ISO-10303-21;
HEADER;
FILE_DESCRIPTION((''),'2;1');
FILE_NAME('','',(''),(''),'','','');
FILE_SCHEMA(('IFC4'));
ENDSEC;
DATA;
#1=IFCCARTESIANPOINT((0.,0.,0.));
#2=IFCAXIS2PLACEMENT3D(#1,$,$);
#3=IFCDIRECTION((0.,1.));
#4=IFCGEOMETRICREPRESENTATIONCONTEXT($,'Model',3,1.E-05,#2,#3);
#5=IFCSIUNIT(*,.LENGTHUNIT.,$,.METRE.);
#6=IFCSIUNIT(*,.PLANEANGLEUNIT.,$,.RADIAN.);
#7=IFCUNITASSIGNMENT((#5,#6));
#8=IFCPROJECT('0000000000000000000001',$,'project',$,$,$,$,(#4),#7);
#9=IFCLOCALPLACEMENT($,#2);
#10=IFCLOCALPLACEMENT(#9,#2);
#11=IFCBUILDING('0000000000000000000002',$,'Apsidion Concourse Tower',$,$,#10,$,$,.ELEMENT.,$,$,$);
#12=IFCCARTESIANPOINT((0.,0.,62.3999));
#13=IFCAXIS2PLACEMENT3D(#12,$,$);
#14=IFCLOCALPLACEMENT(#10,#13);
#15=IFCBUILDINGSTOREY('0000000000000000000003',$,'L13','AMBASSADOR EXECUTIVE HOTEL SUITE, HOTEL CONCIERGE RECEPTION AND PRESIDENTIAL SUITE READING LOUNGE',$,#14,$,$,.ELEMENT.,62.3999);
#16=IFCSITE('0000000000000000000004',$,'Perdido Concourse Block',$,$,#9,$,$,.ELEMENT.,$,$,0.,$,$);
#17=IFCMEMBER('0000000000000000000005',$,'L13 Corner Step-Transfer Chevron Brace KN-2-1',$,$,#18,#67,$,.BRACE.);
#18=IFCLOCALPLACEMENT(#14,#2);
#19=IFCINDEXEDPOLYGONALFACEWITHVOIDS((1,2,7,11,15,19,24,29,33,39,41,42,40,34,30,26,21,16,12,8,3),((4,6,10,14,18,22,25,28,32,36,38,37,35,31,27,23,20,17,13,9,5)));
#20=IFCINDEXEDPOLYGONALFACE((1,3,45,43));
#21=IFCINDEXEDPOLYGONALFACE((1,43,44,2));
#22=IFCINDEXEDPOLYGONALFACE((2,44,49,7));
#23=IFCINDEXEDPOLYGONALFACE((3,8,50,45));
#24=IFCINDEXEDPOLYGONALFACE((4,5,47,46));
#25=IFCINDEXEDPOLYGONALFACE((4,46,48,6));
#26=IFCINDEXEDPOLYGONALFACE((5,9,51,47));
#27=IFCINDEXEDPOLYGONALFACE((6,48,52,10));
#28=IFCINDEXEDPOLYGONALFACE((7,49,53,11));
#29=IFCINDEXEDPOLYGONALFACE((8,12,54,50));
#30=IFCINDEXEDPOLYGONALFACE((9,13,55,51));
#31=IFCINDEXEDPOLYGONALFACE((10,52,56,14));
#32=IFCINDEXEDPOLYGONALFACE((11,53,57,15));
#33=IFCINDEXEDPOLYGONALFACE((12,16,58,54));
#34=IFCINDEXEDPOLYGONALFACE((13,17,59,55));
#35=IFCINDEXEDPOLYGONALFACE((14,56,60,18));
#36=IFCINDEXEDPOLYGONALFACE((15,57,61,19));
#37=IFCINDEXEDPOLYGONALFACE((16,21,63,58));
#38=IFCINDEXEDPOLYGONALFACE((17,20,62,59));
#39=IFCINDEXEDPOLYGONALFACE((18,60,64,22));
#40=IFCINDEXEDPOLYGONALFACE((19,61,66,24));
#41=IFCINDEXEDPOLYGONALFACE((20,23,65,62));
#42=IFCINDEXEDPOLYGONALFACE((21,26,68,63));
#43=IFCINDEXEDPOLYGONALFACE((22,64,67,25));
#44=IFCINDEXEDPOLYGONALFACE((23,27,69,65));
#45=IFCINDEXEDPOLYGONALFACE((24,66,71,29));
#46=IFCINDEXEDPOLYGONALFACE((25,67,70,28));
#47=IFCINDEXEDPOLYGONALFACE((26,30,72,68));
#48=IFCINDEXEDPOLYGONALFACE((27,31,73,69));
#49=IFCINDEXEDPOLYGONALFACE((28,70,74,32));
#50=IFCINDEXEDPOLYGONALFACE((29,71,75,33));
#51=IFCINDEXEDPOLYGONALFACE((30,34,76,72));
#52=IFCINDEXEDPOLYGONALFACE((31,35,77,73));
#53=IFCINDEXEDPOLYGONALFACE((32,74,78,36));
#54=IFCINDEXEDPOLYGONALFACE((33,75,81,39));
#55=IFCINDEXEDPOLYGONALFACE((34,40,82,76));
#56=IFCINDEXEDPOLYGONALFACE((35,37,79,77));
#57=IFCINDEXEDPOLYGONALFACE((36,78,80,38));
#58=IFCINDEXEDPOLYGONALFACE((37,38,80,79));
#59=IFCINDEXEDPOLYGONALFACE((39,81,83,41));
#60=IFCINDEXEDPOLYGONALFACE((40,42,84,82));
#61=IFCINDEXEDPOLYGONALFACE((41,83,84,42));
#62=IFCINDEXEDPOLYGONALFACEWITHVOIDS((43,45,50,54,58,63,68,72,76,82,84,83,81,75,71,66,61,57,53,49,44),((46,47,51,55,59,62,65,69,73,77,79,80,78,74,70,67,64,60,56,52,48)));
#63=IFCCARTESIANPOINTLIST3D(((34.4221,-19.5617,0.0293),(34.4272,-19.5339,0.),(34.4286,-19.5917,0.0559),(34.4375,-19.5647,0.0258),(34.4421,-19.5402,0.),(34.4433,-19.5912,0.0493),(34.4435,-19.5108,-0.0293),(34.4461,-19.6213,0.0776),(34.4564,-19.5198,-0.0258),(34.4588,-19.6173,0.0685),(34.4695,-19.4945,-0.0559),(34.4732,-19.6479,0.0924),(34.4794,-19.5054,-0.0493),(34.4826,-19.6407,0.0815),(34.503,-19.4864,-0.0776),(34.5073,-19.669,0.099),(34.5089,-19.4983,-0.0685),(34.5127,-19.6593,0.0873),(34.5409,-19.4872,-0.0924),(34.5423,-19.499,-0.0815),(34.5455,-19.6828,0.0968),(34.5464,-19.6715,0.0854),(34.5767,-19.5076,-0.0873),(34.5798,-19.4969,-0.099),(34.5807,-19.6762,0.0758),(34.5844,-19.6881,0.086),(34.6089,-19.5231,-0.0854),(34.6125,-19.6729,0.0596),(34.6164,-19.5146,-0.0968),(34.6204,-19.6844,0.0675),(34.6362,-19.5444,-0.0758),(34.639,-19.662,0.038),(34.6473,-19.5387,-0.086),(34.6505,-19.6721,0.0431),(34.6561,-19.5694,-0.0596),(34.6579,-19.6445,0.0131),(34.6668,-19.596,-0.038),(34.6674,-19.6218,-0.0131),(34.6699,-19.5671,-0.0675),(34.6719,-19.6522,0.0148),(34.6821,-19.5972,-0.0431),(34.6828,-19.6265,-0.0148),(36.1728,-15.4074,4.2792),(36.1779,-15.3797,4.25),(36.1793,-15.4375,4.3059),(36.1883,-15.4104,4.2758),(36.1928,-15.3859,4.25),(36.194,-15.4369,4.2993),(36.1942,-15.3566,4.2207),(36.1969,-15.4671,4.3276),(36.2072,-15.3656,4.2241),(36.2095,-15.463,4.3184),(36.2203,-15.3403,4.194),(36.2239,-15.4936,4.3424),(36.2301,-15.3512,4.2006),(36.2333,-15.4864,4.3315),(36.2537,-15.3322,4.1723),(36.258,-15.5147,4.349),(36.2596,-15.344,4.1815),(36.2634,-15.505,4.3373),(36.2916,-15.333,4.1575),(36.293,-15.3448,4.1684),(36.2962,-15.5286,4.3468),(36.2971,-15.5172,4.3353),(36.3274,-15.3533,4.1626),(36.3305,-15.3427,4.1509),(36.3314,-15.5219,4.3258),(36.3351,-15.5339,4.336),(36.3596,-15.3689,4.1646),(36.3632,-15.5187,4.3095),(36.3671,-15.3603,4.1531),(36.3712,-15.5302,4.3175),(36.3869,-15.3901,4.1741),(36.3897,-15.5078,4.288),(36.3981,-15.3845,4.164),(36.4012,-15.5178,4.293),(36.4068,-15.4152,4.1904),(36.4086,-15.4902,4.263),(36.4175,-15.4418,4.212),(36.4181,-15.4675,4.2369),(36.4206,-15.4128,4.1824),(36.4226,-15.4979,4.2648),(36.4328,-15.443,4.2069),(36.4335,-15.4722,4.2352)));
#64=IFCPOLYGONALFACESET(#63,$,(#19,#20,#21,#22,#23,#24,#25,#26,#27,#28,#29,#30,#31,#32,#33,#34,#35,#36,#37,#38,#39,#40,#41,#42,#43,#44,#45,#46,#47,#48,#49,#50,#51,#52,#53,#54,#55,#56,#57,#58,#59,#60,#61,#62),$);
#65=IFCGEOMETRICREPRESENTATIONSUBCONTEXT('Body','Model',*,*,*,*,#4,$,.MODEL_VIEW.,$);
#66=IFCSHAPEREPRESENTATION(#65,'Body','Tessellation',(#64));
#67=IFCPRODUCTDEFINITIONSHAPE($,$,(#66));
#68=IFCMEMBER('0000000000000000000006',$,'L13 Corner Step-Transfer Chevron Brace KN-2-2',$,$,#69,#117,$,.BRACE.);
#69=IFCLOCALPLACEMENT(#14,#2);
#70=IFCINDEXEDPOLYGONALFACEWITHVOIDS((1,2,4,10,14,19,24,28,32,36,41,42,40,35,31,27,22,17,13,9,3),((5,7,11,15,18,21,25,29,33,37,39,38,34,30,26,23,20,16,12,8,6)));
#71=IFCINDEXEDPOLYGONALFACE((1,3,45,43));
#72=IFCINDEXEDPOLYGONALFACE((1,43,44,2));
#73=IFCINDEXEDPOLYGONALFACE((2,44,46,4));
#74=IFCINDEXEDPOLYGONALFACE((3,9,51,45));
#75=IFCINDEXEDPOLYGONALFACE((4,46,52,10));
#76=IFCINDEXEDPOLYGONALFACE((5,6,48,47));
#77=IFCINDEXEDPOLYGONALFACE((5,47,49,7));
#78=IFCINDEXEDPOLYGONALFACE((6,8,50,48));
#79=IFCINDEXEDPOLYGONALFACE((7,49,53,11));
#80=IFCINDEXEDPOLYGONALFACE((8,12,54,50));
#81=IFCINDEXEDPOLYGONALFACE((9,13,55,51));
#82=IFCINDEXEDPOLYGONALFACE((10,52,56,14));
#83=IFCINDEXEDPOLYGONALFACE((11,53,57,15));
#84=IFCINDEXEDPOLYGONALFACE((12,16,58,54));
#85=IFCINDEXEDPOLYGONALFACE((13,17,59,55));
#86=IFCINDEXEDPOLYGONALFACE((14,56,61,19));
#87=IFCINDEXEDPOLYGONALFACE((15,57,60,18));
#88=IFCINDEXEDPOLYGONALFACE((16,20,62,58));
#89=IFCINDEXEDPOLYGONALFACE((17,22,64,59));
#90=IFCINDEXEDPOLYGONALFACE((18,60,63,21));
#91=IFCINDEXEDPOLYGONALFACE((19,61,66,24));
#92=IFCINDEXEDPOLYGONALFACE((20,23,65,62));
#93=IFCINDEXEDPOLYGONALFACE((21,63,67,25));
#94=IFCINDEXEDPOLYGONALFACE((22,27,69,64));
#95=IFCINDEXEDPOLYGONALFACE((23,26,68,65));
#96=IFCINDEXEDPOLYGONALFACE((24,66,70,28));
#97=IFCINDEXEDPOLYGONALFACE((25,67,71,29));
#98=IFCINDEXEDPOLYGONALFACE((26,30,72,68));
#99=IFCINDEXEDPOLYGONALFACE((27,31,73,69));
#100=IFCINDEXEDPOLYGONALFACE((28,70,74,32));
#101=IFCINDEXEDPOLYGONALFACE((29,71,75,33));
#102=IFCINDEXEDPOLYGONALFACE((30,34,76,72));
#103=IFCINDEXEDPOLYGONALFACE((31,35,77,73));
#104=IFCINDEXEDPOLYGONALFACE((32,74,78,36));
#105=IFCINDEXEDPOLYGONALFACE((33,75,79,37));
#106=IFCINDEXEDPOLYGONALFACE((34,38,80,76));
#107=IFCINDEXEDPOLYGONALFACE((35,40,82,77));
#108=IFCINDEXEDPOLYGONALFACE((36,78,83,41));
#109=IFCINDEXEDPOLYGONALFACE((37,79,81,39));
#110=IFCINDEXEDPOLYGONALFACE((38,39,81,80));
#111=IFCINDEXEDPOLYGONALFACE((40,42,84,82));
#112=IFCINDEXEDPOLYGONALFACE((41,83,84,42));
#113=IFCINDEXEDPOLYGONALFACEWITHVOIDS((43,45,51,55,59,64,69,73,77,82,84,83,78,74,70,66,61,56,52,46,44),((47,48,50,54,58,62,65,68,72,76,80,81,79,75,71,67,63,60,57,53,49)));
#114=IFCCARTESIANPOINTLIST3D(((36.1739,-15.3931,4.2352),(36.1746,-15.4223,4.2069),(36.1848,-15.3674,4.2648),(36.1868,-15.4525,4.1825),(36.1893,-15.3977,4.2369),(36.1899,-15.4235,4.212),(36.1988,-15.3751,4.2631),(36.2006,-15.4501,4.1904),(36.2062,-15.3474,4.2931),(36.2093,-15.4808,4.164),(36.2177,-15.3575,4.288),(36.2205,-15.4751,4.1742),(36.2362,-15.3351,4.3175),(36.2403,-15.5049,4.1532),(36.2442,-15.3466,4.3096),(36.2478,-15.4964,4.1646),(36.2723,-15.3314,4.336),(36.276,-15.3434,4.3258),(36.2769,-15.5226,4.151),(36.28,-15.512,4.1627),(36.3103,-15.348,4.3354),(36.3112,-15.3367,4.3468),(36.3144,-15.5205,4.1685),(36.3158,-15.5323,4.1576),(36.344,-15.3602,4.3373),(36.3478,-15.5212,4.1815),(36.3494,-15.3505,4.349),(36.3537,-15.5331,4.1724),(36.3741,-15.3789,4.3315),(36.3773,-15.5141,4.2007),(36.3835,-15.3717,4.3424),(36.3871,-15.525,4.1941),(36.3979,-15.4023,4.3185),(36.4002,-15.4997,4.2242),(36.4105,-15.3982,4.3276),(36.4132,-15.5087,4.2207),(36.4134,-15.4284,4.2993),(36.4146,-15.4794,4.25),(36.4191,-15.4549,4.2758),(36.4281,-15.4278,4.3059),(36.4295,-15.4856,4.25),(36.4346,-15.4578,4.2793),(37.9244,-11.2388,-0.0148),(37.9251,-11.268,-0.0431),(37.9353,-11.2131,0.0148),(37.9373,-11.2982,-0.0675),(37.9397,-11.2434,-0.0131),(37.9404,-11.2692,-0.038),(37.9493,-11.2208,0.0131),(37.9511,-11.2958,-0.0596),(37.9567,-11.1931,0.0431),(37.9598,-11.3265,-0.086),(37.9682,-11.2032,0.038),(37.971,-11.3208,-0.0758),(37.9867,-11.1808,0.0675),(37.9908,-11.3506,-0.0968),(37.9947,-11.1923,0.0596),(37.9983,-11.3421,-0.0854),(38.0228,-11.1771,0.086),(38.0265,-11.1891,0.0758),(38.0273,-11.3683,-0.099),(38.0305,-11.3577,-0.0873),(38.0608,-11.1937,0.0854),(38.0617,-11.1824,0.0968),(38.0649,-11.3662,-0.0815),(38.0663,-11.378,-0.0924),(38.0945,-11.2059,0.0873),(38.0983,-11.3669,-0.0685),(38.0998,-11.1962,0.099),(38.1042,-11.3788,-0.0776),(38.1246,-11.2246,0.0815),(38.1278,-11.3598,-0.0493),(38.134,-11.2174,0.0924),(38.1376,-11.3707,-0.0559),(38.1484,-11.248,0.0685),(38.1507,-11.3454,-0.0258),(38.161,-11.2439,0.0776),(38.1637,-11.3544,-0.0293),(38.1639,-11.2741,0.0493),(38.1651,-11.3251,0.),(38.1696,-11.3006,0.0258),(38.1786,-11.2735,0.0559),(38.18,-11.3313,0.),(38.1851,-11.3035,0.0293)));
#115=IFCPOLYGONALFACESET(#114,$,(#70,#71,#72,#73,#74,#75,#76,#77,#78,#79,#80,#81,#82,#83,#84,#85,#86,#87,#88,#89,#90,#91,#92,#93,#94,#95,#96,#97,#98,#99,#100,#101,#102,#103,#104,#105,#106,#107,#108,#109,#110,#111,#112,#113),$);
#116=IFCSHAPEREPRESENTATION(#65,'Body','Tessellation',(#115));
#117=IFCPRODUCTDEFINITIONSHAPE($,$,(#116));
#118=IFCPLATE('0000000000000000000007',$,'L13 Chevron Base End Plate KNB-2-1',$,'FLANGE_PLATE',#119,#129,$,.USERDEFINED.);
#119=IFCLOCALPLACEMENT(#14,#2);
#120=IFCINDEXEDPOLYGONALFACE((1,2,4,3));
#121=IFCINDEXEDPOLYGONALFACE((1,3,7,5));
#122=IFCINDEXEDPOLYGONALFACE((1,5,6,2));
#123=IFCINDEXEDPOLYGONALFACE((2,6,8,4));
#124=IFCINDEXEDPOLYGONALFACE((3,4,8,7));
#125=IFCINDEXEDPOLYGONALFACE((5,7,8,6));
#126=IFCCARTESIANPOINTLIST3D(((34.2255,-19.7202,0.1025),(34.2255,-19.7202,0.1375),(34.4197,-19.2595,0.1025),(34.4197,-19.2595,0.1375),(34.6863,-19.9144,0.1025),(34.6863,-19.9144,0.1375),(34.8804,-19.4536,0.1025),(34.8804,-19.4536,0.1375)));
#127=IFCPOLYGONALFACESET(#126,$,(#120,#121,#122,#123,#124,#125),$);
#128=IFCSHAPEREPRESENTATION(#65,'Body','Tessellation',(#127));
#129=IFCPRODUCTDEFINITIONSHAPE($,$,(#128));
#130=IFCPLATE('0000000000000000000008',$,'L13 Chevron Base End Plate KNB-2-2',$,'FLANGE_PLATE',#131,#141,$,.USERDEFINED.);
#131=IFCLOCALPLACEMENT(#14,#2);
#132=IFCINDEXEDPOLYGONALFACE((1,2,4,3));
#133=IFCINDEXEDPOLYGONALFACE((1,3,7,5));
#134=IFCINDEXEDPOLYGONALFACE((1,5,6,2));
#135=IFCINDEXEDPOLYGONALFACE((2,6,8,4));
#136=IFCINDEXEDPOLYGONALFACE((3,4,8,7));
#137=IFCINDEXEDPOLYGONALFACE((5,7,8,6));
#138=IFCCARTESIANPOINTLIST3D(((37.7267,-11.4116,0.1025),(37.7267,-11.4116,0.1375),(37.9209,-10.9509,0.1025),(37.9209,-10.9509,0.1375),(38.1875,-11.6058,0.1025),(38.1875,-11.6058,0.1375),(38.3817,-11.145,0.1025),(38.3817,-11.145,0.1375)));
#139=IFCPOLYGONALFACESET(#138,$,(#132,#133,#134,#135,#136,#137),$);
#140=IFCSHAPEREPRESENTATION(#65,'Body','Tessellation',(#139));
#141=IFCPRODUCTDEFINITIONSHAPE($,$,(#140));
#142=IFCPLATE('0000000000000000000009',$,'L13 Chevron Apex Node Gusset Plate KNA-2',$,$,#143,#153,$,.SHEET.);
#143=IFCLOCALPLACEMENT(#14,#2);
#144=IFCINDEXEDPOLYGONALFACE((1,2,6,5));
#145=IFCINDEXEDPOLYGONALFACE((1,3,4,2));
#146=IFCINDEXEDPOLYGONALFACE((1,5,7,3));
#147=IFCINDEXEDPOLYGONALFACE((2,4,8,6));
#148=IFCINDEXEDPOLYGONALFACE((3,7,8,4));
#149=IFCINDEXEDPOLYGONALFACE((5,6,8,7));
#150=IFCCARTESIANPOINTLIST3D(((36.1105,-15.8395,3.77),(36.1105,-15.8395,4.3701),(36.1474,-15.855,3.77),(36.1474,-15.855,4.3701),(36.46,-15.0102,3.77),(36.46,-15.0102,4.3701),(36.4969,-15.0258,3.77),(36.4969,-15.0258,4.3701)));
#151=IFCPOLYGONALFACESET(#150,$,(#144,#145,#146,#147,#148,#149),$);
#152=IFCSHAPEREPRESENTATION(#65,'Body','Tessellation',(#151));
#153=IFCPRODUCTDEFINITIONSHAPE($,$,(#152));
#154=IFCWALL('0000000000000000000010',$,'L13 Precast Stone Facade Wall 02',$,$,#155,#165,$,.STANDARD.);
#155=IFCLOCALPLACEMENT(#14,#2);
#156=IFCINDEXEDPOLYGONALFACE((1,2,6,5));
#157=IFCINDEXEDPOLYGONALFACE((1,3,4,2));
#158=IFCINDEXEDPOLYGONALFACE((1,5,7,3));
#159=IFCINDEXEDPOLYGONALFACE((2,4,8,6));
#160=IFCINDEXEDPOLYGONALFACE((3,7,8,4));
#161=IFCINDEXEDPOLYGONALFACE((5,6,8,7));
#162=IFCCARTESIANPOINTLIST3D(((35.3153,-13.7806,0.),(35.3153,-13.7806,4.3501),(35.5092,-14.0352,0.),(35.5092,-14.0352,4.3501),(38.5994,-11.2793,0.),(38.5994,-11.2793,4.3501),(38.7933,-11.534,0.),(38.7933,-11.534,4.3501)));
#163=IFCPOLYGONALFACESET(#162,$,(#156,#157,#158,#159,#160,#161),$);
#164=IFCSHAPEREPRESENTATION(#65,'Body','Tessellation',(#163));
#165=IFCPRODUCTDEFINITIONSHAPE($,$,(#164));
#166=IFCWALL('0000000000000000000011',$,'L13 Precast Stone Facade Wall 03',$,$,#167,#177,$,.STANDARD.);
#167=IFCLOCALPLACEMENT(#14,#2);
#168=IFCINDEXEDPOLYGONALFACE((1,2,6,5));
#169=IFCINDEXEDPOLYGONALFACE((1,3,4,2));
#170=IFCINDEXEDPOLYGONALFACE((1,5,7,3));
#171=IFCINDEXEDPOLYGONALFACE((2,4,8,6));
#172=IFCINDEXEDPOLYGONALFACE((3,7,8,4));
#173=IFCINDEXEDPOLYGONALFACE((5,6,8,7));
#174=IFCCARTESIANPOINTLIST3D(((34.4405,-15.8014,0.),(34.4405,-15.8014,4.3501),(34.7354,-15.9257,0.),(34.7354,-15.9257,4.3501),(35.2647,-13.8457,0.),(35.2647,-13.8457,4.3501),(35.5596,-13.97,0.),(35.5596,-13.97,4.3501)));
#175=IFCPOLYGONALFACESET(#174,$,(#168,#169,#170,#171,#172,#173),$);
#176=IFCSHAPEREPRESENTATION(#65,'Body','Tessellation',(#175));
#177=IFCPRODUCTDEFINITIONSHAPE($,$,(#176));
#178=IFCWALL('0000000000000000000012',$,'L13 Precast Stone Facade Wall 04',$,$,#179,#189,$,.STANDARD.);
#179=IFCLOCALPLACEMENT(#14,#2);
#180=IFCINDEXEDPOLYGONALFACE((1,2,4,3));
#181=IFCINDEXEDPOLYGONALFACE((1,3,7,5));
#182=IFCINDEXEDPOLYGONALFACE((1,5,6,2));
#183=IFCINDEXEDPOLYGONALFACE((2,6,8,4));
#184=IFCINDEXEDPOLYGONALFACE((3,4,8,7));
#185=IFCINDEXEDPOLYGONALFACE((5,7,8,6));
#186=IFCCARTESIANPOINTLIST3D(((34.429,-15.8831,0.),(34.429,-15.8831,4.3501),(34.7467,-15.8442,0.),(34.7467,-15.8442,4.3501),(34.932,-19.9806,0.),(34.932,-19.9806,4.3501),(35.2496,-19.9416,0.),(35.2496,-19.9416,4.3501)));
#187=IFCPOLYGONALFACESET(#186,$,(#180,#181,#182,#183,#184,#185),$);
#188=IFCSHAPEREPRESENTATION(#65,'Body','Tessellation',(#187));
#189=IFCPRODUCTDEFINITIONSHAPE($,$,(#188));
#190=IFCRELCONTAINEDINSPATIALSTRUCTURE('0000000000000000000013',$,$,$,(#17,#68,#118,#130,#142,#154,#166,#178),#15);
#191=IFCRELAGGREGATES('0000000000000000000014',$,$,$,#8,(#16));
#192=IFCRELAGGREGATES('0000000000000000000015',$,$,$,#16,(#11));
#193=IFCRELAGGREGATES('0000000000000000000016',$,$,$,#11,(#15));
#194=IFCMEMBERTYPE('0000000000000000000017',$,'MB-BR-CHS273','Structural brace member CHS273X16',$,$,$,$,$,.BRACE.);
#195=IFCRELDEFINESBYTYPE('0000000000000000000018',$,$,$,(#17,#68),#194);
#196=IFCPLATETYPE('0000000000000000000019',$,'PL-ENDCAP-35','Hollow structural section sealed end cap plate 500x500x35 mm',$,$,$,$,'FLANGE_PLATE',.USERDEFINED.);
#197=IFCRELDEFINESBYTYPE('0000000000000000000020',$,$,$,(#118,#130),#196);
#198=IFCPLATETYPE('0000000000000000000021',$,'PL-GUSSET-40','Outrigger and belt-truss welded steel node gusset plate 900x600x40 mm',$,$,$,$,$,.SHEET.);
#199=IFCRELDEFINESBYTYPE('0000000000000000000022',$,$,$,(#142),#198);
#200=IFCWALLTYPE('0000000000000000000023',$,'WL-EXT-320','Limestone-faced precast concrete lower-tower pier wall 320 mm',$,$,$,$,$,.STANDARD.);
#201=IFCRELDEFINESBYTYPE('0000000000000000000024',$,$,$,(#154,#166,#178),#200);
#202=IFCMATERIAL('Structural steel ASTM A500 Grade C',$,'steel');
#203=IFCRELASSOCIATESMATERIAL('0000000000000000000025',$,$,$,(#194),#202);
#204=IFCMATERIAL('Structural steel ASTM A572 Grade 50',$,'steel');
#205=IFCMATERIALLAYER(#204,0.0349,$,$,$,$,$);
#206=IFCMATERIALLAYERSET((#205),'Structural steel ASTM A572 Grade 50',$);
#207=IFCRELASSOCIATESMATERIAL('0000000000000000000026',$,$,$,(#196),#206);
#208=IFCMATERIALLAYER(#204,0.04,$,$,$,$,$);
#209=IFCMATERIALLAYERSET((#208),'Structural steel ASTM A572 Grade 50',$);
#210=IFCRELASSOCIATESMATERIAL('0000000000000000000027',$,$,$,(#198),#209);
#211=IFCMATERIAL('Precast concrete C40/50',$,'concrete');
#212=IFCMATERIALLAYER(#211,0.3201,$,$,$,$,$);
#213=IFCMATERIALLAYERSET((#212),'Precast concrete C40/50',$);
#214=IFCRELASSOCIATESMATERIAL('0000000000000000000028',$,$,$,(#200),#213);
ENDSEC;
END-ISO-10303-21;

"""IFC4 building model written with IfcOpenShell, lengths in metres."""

from ifc_helpers import new_model, si_unit, direction, frame, frame_2d, origin, origin_2d, place, context, subcontext, project, spatial, rectangle, hollow_circle, extrude, material, layer, layer_set, material_profile, profile_set, type_object, element, save


model = new_model("IFC4")

# Units and contexts
model_context = context("Model", 3, precision=1e-05, world=origin(), true_north=direction((0.0, 1.0)))
body_context = subcontext(model_context, "Body", "Model", "MODEL_VIEW")
ifc_project = project(units=[si_unit("LENGTHUNIT", "METRE"), si_unit("PLANEANGLEUNIT", "RADIAN")], contexts=[model_context])

# Site, building, storey
site_placement = place(None, origin())
site = spatial("IfcSite", under=ifc_project, at=site_placement, Name="Perdido Concourse Block", CompositionType="ELEMENT", RefElevation=0.0)
building_placement = place(site_placement, origin())
building = spatial("IfcBuilding", under=site, at=building_placement, Name="Apsidion Concourse Tower", CompositionType="ELEMENT")
storey_placement = place(building_placement, frame((0.0, 0.0, 62.3999)))
storey = spatial("IfcBuildingStorey", under=building, at=storey_placement, Name="L13", Description="AMBASSADOR EXECUTIVE HOTEL SUITE, HOTEL CONCIERGE RECEPTION AND PRESIDENTIAL SUITE READING LOUNGE", CompositionType="ELEMENT", Elevation=62.3999)

# Shared definitions
ifc_material_1 = material(Name="Structural steel ASTM A572 Grade 50", Category="steel")

# Members
ifc_material_2 = material(Name="Structural steel ASTM A500 Grade C", Category="steel")
ifc_material_profile_1 = material_profile(ifc_material_2, hollow_circle(Radius=0.1365, WallThickness=0.0161, at=origin_2d()), Name="CHS273X16")
ifc_profile_set_1 = profile_set([ifc_material_profile_1], Name="Structural steel ASTM A500 Grade C")
member_type = type_object("IfcMemberType", Name="MB-BR-CHS273", Description="Structural brace member CHS273X16", PredefinedType="BRACE", material=ifc_profile_set_1)
for number, where, z_axis, x_axis, name in (
    (1, (34.553, -19.5869, 0.0), (0.282576, 0.670521, 0.685968), (-0.921512, 0.38835, 0.0), "L13 Corner Step-Transfer Chevron Brace KN-2-1"),
    (2, (38.0542, -11.2783, 0.0), (-0.282539, -0.670529, 0.685976), (0.921531, -0.388304, 0.0), "L13 Corner Step-Transfer Chevron Brace KN-2-2"),
):
    element("IfcMember", number, at=place(storey_placement, frame(where, z_axis=z_axis, x_axis=x_axis)), inside=storey, type_object=member_type, Name=name, PredefinedType="BRACE", context=body_context, shape_type="SweptSolid", body=[
        extrude(hollow_circle(Radius=0.1365, WallThickness=0.0161, at=origin_2d()), origin(), (0.0, 0.0, 1.0), 6.1956),
    ])

# Plates
ifc_layer_1 = layer(ifc_material_1, 0.0349)
ifc_layer_set_1 = layer_set([ifc_layer_1], Name="Structural steel ASTM A572 Grade 50")
plate_type_1 = type_object("IfcPlateType", Name="PL-ENDCAP-35", Description="Hollow structural section sealed end cap plate 500x500x35 mm", ElementType="FLANGE_PLATE", PredefinedType="USERDEFINED", material=ifc_layer_set_1)
for number, where, z_axis, x_axis, name in (
    (3, (34.553, -19.5869, 0.1025), (0.0, 0.0, 1.0), (0.38832, 0.921525, 0.0), "L13 Chevron Base End Plate KNB-2-1"),
    (4, (38.0542, -11.2783, 0.1025), (0.0, 0.0, 1.0), (0.38832, 0.921525, 0.0), "L13 Chevron Base End Plate KNB-2-2"),
):
    element("IfcPlate", number, at=place(storey_placement, frame(where, z_axis=z_axis, x_axis=x_axis)), inside=storey, type_object=plate_type_1, Name=name, ObjectType="FLANGE_PLATE", PredefinedType="USERDEFINED", context=body_context, shape_type="SweptSolid", body=[
        extrude(rectangle(XDim=0.5, YDim=0.5, at=origin_2d()), origin(), (0.0, 0.0, 1.0), 0.0349),
    ])
ifc_layer_2 = layer(ifc_material_1, 0.04)
ifc_layer_set_2 = layer_set([ifc_layer_2], Name="Structural steel ASTM A572 Grade 50")
plate_type_2 = type_object("IfcPlateType", Name="PL-GUSSET-40", Description="Outrigger and belt-truss welded steel node gusset plate 900x600x40 mm", PredefinedType="SHEET", material=ifc_layer_set_2)
plate_placement = place(storey_placement, frame((36.3037, -15.4326, 3.77), z_axis=(0.0, 0.0, 1.0), x_axis=(0.38832, 0.921525, 0.0)))
element("IfcPlate", 5, at=plate_placement, inside=storey, type_object=plate_type_2, Name="L13 Chevron Apex Node Gusset Plate KNA-2", PredefinedType="SHEET", context=body_context, shape_type="SweptSolid", body=[
    extrude(rectangle(XDim=0.8999, YDim=0.04, at=origin_2d()), origin(), (0.0, 0.0, 1.0), 0.6001),
])

# Walls
ifc_material_3 = material(Name="Precast concrete C40/50", Category="concrete")
ifc_layer_3 = layer(ifc_material_3, 0.3201)
ifc_layer_set_3 = layer_set([ifc_layer_3], Name="Precast concrete C40/50")
wall_type = type_object("IfcWallType", Name="WL-EXT-320", Description="Limestone-faced precast concrete lower-tower pier wall 320 mm", PredefinedType="STANDARD", material=ifc_layer_set_3)
wall_1_placement = place(storey_placement, frame((38.6963, -11.4067, 0.0), z_axis=(0.0, 0.0, 1.0), x_axis=(-0.79555, -0.605888, 0.0)))
element("IfcWall", 6, at=wall_1_placement, inside=storey, type_object=wall_type, Name="L13 Precast Stone Facade Wall 02", PredefinedType="STANDARD", context=body_context, shape_type="SweptSolid", body=[
    extrude(rectangle(XDim=4.1282, YDim=0.3201, at=frame_2d((2.064, 0.0))), origin(), (0.0, 0.0, 1.0), 4.3501),
])
wall_2_placement = place(storey_placement, frame((35.4121, -13.908, 0.0), z_axis=(0.0, 0.0, 1.0), x_axis=(-0.388345, -0.921514, 0.0)))
element("IfcWall", 7, at=wall_2_placement, inside=storey, type_object=wall_type, Name="L13 Precast Stone Facade Wall 03", PredefinedType="STANDARD", context=body_context, shape_type="SweptSolid", body=[
    extrude(rectangle(XDim=2.1223, YDim=0.3201, at=frame_2d((1.061, 0.0))), origin(), (0.0, 0.0, 1.0), 4.3501),
])
wall_3_placement = place(storey_placement, frame((34.5879, -15.8638, 0.0), z_axis=(0.0, 0.0, 1.0), x_axis=(0.121829, -0.992551, 0.0)))
element("IfcWall", 8, at=wall_3_placement, inside=storey, type_object=wall_type, Name="L13 Precast Stone Facade Wall 04", PredefinedType="STANDARD", context=body_context, shape_type="SweptSolid", body=[
    extrude(rectangle(XDim=4.1282, YDim=0.3201, at=frame_2d((2.064, 0.0))), origin(), (0.0, 0.0, 1.0), 4.3501),
])

save(model, "model.ifc")
